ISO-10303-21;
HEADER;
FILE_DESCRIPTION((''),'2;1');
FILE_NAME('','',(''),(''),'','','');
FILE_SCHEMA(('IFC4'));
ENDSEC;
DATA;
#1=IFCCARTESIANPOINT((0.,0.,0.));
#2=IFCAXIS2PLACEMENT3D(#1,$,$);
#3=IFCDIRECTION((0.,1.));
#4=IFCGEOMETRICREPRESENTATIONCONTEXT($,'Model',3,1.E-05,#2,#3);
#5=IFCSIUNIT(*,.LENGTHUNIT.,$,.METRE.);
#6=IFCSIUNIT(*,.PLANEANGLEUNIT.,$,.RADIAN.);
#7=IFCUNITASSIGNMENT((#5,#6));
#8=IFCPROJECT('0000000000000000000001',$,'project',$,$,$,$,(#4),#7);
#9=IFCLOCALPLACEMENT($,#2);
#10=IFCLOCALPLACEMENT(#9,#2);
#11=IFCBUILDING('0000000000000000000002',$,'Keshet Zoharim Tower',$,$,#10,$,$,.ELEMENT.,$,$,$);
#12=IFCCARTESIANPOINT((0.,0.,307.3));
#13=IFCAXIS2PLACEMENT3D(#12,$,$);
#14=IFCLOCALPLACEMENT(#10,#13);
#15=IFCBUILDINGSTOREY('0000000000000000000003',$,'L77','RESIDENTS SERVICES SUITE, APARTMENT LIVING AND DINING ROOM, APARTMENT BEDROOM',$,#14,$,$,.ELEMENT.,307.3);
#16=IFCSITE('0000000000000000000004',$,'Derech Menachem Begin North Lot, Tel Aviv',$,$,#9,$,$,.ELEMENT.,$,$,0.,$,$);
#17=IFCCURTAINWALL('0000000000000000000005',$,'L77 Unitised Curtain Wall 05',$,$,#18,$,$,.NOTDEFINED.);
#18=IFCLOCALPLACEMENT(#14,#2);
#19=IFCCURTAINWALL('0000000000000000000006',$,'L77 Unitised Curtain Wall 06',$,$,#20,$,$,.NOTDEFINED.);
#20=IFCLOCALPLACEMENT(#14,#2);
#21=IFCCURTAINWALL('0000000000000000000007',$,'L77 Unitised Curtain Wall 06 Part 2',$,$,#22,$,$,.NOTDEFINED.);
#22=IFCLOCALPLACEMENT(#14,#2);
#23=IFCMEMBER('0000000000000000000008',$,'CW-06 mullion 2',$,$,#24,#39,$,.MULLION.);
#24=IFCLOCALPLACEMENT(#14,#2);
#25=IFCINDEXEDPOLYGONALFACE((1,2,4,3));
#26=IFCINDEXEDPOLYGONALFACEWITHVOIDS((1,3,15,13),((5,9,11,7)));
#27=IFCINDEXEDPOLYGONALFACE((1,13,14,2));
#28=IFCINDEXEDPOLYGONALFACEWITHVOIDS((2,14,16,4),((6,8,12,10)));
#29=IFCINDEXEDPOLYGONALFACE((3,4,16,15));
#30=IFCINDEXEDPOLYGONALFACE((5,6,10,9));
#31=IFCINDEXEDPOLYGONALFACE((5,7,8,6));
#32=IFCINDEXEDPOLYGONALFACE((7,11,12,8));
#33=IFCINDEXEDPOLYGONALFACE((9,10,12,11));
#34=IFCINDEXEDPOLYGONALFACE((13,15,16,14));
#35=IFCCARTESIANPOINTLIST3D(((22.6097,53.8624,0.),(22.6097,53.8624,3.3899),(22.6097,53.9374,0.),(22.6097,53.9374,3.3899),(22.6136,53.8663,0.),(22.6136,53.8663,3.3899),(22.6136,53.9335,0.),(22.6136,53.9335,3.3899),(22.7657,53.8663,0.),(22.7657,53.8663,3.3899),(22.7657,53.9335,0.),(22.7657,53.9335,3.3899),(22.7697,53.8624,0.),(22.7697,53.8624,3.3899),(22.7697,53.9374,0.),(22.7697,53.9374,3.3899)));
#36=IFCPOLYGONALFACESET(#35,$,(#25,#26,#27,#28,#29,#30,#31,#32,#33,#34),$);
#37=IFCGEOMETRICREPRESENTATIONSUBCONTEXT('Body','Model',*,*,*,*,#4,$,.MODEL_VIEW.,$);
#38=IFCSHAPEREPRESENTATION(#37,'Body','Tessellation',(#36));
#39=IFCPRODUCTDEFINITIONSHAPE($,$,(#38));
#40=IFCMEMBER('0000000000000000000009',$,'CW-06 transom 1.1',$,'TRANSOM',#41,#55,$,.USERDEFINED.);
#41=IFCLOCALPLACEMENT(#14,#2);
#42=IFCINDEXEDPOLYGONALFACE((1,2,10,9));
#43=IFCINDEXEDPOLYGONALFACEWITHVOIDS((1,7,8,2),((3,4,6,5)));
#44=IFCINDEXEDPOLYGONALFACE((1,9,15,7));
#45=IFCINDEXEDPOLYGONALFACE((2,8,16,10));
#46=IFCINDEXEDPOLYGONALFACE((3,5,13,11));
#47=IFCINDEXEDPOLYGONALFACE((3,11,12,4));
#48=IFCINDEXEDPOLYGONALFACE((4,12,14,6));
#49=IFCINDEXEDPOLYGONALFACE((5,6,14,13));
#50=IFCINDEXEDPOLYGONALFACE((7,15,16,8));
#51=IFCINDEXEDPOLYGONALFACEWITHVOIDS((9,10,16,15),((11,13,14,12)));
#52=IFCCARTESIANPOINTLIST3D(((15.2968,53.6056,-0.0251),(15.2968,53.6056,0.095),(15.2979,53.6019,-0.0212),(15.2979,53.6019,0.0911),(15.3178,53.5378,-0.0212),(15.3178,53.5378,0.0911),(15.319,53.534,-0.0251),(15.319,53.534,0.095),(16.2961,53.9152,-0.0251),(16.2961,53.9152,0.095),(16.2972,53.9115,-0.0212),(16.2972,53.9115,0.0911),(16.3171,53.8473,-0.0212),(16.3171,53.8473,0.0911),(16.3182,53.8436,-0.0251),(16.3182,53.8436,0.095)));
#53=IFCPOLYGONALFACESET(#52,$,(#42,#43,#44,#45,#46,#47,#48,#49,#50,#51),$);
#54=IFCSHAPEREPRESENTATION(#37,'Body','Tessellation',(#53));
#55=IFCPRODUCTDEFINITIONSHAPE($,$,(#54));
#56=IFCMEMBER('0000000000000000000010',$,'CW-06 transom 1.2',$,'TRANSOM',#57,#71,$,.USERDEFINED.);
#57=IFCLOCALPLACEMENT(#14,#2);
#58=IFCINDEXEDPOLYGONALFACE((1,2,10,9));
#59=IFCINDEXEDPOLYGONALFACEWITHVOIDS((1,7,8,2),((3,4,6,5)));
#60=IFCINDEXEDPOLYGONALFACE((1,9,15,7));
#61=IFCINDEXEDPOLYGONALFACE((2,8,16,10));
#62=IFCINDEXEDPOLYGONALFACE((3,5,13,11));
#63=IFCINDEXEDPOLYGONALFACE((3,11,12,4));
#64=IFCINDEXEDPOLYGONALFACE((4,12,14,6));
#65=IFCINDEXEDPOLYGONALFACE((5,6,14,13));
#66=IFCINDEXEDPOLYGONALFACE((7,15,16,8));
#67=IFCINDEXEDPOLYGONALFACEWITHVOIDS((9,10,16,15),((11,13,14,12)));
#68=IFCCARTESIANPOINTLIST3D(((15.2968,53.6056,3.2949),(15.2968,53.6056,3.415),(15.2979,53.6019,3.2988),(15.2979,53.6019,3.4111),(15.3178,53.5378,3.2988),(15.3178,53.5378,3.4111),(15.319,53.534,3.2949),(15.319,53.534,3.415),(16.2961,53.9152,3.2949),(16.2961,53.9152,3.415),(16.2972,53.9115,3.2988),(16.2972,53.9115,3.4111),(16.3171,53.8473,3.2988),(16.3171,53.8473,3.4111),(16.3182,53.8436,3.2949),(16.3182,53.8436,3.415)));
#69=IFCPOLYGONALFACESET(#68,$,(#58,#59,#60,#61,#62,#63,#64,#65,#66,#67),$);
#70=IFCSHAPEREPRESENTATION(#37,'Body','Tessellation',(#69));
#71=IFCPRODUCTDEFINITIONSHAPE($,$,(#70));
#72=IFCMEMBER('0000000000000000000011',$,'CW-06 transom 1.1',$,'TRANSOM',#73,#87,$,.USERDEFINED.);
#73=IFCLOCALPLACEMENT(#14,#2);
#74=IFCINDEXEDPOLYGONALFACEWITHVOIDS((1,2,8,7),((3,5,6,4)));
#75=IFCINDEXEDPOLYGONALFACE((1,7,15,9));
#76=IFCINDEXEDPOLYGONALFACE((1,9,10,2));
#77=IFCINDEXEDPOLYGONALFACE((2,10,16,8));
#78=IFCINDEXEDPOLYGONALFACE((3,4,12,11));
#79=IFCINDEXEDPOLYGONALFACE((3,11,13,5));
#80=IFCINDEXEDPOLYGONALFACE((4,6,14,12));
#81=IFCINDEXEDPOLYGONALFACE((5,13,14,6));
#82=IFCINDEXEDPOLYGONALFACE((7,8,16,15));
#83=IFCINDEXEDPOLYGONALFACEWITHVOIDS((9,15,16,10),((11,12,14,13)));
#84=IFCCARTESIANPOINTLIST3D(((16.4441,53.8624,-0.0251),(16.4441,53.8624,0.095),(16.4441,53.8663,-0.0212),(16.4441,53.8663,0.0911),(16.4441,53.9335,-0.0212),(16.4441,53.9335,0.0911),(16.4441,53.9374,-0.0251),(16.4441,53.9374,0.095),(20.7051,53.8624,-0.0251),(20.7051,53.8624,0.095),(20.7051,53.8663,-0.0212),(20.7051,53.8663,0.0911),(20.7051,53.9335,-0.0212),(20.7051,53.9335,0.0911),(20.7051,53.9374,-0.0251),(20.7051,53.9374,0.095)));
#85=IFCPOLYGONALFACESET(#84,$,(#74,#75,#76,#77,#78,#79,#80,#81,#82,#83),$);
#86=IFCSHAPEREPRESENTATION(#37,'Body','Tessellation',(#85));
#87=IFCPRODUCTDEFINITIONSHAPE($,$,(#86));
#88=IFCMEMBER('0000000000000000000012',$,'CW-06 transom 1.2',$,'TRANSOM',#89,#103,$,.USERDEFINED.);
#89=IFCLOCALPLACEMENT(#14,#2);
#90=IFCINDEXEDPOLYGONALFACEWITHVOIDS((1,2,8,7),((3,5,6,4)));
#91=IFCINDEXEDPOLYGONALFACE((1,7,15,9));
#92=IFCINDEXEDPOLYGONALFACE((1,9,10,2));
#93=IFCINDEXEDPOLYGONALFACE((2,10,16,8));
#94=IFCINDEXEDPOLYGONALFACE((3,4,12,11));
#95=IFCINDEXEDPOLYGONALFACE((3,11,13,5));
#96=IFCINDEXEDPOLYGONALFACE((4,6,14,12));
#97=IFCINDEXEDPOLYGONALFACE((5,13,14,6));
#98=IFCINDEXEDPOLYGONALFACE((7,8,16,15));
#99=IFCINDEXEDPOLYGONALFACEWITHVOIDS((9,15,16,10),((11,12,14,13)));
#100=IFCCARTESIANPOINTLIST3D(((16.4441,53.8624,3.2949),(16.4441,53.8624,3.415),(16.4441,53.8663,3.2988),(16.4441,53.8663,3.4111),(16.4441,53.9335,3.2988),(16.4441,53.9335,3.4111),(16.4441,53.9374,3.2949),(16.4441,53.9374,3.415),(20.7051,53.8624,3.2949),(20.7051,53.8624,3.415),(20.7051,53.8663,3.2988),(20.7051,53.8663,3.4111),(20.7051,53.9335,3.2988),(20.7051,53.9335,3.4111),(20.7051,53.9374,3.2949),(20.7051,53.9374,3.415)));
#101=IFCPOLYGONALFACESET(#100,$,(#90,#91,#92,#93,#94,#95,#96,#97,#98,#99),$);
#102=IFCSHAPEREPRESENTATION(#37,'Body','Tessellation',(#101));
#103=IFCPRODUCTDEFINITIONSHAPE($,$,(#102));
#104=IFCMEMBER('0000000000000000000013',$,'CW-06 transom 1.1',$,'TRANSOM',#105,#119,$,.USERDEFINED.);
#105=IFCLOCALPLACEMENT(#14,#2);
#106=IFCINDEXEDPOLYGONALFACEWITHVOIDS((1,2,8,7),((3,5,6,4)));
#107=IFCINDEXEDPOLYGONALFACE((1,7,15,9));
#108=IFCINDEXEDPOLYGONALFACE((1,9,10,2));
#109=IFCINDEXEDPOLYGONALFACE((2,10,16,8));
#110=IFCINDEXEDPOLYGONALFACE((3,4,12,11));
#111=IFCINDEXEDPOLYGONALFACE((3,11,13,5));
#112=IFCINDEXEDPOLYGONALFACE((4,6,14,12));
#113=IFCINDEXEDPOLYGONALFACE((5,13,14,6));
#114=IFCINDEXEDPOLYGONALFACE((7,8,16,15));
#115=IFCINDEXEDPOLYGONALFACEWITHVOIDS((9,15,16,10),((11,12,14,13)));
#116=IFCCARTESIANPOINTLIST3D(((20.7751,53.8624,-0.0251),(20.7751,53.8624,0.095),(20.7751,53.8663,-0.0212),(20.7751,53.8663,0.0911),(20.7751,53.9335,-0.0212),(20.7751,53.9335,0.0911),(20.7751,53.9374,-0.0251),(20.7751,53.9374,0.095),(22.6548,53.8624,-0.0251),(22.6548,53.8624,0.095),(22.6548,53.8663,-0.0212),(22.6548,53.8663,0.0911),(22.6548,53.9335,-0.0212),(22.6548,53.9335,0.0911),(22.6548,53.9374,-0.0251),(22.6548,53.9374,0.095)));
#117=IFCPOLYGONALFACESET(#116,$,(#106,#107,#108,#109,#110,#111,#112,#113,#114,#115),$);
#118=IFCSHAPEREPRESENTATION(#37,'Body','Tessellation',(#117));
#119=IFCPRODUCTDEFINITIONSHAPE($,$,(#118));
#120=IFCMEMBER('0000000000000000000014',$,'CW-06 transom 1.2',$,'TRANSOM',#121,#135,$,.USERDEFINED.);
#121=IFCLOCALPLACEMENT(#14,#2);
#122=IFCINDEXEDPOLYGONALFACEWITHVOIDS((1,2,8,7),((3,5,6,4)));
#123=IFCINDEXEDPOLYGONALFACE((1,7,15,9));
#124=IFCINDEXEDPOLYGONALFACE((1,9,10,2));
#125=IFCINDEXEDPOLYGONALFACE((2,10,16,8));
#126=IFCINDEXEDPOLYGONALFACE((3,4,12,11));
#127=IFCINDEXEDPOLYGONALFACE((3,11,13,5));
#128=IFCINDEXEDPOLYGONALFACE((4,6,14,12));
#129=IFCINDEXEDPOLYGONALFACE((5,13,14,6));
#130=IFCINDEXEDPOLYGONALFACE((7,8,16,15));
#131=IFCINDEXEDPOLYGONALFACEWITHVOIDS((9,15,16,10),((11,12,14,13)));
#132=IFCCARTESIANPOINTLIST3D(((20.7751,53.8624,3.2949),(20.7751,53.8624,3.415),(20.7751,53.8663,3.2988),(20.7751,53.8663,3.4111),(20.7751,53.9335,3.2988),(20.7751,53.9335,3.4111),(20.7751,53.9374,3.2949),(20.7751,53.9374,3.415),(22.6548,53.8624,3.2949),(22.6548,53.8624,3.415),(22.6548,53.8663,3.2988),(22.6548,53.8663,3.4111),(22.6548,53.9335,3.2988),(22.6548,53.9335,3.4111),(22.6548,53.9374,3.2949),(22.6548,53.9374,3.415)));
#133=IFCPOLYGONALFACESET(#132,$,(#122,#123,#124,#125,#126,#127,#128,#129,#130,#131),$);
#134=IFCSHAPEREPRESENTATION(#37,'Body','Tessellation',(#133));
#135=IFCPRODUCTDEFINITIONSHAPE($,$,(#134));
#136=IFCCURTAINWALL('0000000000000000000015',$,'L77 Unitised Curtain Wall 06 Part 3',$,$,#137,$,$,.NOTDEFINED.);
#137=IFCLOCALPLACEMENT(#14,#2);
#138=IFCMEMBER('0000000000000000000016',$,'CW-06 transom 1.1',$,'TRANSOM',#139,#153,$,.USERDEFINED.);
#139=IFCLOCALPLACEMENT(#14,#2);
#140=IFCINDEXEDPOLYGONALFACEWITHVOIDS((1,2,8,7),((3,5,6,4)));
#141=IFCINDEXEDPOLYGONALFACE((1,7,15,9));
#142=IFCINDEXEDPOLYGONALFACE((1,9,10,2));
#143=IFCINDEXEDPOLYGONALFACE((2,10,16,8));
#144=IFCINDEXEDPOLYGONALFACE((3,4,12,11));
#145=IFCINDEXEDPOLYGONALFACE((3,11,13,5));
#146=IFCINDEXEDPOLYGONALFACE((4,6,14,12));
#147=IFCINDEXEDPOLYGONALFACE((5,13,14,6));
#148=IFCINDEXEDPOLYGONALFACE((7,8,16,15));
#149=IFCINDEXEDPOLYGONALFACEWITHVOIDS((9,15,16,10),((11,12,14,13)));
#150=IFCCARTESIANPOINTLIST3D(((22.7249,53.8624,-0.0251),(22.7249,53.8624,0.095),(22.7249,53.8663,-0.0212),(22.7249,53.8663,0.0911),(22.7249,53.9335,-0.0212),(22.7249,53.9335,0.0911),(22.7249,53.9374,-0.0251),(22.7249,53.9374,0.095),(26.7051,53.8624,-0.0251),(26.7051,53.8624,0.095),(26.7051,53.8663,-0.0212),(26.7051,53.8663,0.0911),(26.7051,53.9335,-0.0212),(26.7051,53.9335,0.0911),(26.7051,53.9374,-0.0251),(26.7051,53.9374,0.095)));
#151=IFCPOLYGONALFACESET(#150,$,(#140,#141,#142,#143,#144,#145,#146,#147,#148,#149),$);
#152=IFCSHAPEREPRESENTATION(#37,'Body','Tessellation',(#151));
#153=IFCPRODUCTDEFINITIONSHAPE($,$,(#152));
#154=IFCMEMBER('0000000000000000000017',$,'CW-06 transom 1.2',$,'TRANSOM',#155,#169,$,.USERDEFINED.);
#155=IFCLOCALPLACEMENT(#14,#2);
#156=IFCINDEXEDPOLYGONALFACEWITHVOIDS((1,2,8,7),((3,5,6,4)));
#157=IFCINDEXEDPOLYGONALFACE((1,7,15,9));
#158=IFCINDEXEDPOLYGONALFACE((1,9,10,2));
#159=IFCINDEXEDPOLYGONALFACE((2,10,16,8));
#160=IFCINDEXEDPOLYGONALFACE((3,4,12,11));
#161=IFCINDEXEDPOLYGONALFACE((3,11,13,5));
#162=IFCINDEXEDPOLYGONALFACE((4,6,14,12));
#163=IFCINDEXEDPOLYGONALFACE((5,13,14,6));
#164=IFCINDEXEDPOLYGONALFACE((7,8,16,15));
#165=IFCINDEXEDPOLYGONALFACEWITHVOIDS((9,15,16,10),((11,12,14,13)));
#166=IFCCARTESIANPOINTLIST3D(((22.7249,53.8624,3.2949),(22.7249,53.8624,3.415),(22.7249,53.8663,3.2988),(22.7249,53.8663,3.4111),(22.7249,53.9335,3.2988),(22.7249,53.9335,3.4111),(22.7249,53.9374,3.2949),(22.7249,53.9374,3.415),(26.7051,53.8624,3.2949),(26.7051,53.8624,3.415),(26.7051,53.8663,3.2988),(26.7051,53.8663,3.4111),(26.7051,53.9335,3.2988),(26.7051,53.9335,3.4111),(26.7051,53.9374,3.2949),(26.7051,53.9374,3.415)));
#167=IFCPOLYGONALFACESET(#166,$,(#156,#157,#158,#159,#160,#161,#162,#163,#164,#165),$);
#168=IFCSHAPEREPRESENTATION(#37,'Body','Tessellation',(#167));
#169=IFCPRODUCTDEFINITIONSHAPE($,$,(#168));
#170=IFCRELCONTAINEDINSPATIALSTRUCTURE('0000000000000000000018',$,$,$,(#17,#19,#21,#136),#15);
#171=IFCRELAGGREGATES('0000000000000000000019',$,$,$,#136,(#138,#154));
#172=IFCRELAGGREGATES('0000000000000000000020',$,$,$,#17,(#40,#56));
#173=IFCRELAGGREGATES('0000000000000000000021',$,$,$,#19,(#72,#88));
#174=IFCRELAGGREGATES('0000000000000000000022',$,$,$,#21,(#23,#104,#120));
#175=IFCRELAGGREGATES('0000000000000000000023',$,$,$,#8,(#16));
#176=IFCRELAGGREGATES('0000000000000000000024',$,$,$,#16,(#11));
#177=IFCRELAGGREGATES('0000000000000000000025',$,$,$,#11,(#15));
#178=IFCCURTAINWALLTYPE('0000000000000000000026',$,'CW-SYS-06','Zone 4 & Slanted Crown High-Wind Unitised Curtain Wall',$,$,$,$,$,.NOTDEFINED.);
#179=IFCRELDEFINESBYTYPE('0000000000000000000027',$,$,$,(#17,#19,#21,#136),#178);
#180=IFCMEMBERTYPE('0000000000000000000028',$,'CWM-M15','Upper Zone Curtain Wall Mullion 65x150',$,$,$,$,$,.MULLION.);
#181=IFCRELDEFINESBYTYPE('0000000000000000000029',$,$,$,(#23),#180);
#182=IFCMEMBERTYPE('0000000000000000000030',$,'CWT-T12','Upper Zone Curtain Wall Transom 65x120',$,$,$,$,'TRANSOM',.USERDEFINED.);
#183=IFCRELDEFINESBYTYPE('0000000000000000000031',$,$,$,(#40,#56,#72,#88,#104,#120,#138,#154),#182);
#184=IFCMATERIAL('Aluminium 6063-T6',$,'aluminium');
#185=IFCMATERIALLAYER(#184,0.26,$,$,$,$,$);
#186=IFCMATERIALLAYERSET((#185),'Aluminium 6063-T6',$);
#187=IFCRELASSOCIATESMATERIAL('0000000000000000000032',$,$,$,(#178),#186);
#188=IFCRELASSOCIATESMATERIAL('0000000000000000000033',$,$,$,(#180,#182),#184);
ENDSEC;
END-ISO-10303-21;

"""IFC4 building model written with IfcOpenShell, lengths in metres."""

from ifc_helpers import new_model, si_unit, direction, frame, origin, origin_2d, place, context, subcontext, project, spatial, hollow_rectangle, extrude, material, layer, layer_set, material_profile, profile_set, type_object, element, aggregate, save


model = new_model("IFC4")

# Units and contexts
model_context = context("Model", 3, precision=1e-05, world=origin(), true_north=direction((0.0, 1.0)))
body_context = subcontext(model_context, "Body", "Model", "MODEL_VIEW")
ifc_project = project(units=[si_unit("LENGTHUNIT", "METRE"), si_unit("PLANEANGLEUNIT", "RADIAN")], contexts=[model_context])

# Site, building, storey
site_placement = place(None, origin())
site = spatial("IfcSite", under=ifc_project, at=site_placement, Name="Derech Menachem Begin North Lot, Tel Aviv", CompositionType="ELEMENT", RefElevation=0.0)
building_placement = place(site_placement, origin())
building = spatial("IfcBuilding", under=site, at=building_placement, Name="Keshet Zoharim Tower", CompositionType="ELEMENT")
storey_placement = place(building_placement, frame((0.0, 0.0, 307.3)))
storey = spatial("IfcBuildingStorey", under=building, at=storey_placement, Name="L77", Description="RESIDENTS SERVICES SUITE, APARTMENT LIVING AND DINING ROOM, APARTMENT BEDROOM", CompositionType="ELEMENT", Elevation=307.3)

# Shared definitions
ifc_material_1 = material(Name="Aluminium 6063-T6", Category="aluminium")
ifc_layer_1 = layer(ifc_material_1, 0.26)
ifc_layer_set_1 = layer_set([ifc_layer_1], Name="Aluminium 6063-T6")
curtain_wall_type = type_object("IfcCurtainWallType", Name="CW-SYS-06", Description="Zone 4 & Slanted Crown High-Wind Unitised Curtain Wall", PredefinedType="NOTDEFINED", material=ifc_layer_set_1)
ifc_material_profile_1 = material_profile(ifc_material_1, hollow_rectangle(XDim=0.075, YDim=0.1599, WallThickness=0.0039, at=origin_2d()), Name="MUL-75x160")
ifc_profile_set_1 = profile_set([ifc_material_profile_1], Name="Aluminium 6063-T6")
member_type_1 = type_object("IfcMemberType", Name="CWM-M15", Description="Upper Zone Curtain Wall Mullion 65x150", PredefinedType="MULLION", material=ifc_profile_set_1)

# Curtain walls
curtain_wall_1_placement = place(storey_placement, origin())
curtain_wall_1 = element("IfcCurtainWall", 1, at=curtain_wall_1_placement, inside=storey, type_object=curtain_wall_type, Name="L77 Unitised Curtain Wall 05", PredefinedType="NOTDEFINED")
curtain_wall_2_placement = place(storey_placement, origin())
curtain_wall_2 = element("IfcCurtainWall", 2, at=curtain_wall_2_placement, inside=storey, type_object=curtain_wall_type, Name="L77 Unitised Curtain Wall 06", PredefinedType="NOTDEFINED")

# Curtain wall, member
curtain_wall_3_placement = place(storey_placement, origin())
curtain_wall_3 = element("IfcCurtainWall", 3, at=curtain_wall_3_placement, inside=storey, type_object=curtain_wall_type, Name="L77 Unitised Curtain Wall 06 Part 2", PredefinedType="NOTDEFINED")
member_1_placement = place(storey_placement, frame((22.6897, 53.8999, 0.0), z_axis=(0.0, 0.0, 1.0), x_axis=(0.0, 1.0, 0.0)))
member_1 = element("IfcMember", 4, at=member_1_placement, type_object=member_type_1, Name="CW-06 mullion 2", PredefinedType="MULLION", context=body_context, shape_type="SweptSolid", body=[
    extrude(hollow_rectangle(XDim=0.075, YDim=0.1599, WallThickness=0.0039, at=origin_2d()), origin(), (0.0, 0.0, 1.0), 3.3899),
])

# Members
ifc_material_profile_2 = material_profile(ifc_material_1, hollow_rectangle(XDim=0.075, YDim=0.1201, WallThickness=0.0039, at=origin_2d()), Name="TRN-75x120")
ifc_profile_set_2 = profile_set([ifc_material_profile_2], Name="Aluminium 6063-T6")
member_type_2 = type_object("IfcMemberType", Name="CWT-T12", Description="Upper Zone Curtain Wall Transom 65x120", ElementType="TRANSOM", PredefinedType="USERDEFINED", material=ifc_profile_set_2)
member_2_placement = place(storey_placement, frame((15.3079, 53.5698, 0.0349), z_axis=(0.955212, 0.295922, 0.0), x_axis=(-0.295922, 0.955212, 0.0)))
member_2 = element("IfcMember", 5, at=member_2_placement, type_object=member_type_2, Name="CW-06 transom 1.1", ObjectType="TRANSOM", PredefinedType="USERDEFINED", context=body_context, shape_type="SweptSolid", body=[
    extrude(hollow_rectangle(XDim=0.075, YDim=0.1201, WallThickness=0.0039, at=origin_2d()), origin(), (0.0, 0.0, 1.0), 1.0461),
])
member_3_placement = place(storey_placement, frame((15.3079, 53.5698, 3.355), z_axis=(0.955212, 0.295922, 0.0), x_axis=(-0.295922, 0.955212, 0.0)))
member_3 = element("IfcMember", 6, at=member_3_placement, type_object=member_type_2, Name="CW-06 transom 1.2", ObjectType="TRANSOM", PredefinedType="USERDEFINED", context=body_context, shape_type="SweptSolid", body=[
    extrude(hollow_rectangle(XDim=0.075, YDim=0.1201, WallThickness=0.0039, at=origin_2d()), origin(), (0.0, 0.0, 1.0), 1.0461),
])
member_4_placement = place(storey_placement, frame((16.4441, 53.8999, 0.0349), z_axis=(1.0, 0.0, 0.0), x_axis=(0.0, 1.0, 0.0)))
member_4 = element("IfcMember", 7, at=member_4_placement, type_object=member_type_2, Name="CW-06 transom 1.1", ObjectType="TRANSOM", PredefinedType="USERDEFINED", context=body_context, shape_type="SweptSolid", body=[
    extrude(hollow_rectangle(XDim=0.075, YDim=0.1201, WallThickness=0.0039, at=origin_2d()), origin(), (0.0, 0.0, 1.0), 4.261),
])
member_5_placement = place(storey_placement, frame((16.4441, 53.8999, 3.355), z_axis=(1.0, 0.0, 0.0), x_axis=(0.0, 1.0, 0.0)))
member_5 = element("IfcMember", 8, at=member_5_placement, type_object=member_type_2, Name="CW-06 transom 1.2", ObjectType="TRANSOM", PredefinedType="USERDEFINED", context=body_context, shape_type="SweptSolid", body=[
    extrude(hollow_rectangle(XDim=0.075, YDim=0.1201, WallThickness=0.0039, at=origin_2d()), origin(), (0.0, 0.0, 1.0), 4.261),
])
member_6_placement = place(storey_placement, frame((20.7751, 53.8999, 0.0349), z_axis=(1.0, 0.0, 0.0), x_axis=(0.0, 1.0, 0.0)))
member_6 = element("IfcMember", 9, at=member_6_placement, type_object=member_type_2, Name="CW-06 transom 1.1", ObjectType="TRANSOM", PredefinedType="USERDEFINED", context=body_context, shape_type="SweptSolid", body=[
    extrude(hollow_rectangle(XDim=0.075, YDim=0.1201, WallThickness=0.0039, at=origin_2d()), origin(), (0.0, 0.0, 1.0), 1.8796),
])
member_7_placement = place(storey_placement, frame((20.7751, 53.8999, 3.355), z_axis=(1.0, 0.0, 0.0), x_axis=(0.0, 1.0, 0.0)))
member_7 = element("IfcMember", 10, at=member_7_placement, type_object=member_type_2, Name="CW-06 transom 1.2", ObjectType="TRANSOM", PredefinedType="USERDEFINED", context=body_context, shape_type="SweptSolid", body=[
    extrude(hollow_rectangle(XDim=0.075, YDim=0.1201, WallThickness=0.0039, at=origin_2d()), origin(), (0.0, 0.0, 1.0), 1.8796),
])

# Curtain wall, members
curtain_wall_4_placement = place(storey_placement, origin())
curtain_wall_4 = element("IfcCurtainWall", 11, at=curtain_wall_4_placement, inside=storey, type_object=curtain_wall_type, Name="L77 Unitised Curtain Wall 06 Part 3", PredefinedType="NOTDEFINED")
member_8_placement = place(storey_placement, frame((22.7249, 53.8999, 0.0349), z_axis=(1.0, 0.0, 0.0), x_axis=(0.0, 1.0, 0.0)))
member_8 = element("IfcMember", 12, at=member_8_placement, type_object=member_type_2, Name="CW-06 transom 1.1", ObjectType="TRANSOM", PredefinedType="USERDEFINED", context=body_context, shape_type="SweptSolid", body=[
    extrude(hollow_rectangle(XDim=0.075, YDim=0.1201, WallThickness=0.0039, at=origin_2d()), origin(), (0.0, 0.0, 1.0), 3.9802),
])
member_9_placement = place(storey_placement, frame((22.7249, 53.8999, 3.355), z_axis=(1.0, 0.0, 0.0), x_axis=(0.0, 1.0, 0.0)))
member_9 = element("IfcMember", 13, at=member_9_placement, type_object=member_type_2, Name="CW-06 transom 1.2", ObjectType="TRANSOM", PredefinedType="USERDEFINED", context=body_context, shape_type="SweptSolid", body=[
    extrude(hollow_rectangle(XDim=0.075, YDim=0.1201, WallThickness=0.0039, at=origin_2d()), origin(), (0.0, 0.0, 1.0), 3.9802),
])
aggregate(curtain_wall_4, [member_8, member_9])

aggregate(curtain_wall_1, [member_2, member_3])
aggregate(curtain_wall_2, [member_4, member_5])
aggregate(curtain_wall_3, [member_1, member_6, member_7])

save(model, "model.ifc")
